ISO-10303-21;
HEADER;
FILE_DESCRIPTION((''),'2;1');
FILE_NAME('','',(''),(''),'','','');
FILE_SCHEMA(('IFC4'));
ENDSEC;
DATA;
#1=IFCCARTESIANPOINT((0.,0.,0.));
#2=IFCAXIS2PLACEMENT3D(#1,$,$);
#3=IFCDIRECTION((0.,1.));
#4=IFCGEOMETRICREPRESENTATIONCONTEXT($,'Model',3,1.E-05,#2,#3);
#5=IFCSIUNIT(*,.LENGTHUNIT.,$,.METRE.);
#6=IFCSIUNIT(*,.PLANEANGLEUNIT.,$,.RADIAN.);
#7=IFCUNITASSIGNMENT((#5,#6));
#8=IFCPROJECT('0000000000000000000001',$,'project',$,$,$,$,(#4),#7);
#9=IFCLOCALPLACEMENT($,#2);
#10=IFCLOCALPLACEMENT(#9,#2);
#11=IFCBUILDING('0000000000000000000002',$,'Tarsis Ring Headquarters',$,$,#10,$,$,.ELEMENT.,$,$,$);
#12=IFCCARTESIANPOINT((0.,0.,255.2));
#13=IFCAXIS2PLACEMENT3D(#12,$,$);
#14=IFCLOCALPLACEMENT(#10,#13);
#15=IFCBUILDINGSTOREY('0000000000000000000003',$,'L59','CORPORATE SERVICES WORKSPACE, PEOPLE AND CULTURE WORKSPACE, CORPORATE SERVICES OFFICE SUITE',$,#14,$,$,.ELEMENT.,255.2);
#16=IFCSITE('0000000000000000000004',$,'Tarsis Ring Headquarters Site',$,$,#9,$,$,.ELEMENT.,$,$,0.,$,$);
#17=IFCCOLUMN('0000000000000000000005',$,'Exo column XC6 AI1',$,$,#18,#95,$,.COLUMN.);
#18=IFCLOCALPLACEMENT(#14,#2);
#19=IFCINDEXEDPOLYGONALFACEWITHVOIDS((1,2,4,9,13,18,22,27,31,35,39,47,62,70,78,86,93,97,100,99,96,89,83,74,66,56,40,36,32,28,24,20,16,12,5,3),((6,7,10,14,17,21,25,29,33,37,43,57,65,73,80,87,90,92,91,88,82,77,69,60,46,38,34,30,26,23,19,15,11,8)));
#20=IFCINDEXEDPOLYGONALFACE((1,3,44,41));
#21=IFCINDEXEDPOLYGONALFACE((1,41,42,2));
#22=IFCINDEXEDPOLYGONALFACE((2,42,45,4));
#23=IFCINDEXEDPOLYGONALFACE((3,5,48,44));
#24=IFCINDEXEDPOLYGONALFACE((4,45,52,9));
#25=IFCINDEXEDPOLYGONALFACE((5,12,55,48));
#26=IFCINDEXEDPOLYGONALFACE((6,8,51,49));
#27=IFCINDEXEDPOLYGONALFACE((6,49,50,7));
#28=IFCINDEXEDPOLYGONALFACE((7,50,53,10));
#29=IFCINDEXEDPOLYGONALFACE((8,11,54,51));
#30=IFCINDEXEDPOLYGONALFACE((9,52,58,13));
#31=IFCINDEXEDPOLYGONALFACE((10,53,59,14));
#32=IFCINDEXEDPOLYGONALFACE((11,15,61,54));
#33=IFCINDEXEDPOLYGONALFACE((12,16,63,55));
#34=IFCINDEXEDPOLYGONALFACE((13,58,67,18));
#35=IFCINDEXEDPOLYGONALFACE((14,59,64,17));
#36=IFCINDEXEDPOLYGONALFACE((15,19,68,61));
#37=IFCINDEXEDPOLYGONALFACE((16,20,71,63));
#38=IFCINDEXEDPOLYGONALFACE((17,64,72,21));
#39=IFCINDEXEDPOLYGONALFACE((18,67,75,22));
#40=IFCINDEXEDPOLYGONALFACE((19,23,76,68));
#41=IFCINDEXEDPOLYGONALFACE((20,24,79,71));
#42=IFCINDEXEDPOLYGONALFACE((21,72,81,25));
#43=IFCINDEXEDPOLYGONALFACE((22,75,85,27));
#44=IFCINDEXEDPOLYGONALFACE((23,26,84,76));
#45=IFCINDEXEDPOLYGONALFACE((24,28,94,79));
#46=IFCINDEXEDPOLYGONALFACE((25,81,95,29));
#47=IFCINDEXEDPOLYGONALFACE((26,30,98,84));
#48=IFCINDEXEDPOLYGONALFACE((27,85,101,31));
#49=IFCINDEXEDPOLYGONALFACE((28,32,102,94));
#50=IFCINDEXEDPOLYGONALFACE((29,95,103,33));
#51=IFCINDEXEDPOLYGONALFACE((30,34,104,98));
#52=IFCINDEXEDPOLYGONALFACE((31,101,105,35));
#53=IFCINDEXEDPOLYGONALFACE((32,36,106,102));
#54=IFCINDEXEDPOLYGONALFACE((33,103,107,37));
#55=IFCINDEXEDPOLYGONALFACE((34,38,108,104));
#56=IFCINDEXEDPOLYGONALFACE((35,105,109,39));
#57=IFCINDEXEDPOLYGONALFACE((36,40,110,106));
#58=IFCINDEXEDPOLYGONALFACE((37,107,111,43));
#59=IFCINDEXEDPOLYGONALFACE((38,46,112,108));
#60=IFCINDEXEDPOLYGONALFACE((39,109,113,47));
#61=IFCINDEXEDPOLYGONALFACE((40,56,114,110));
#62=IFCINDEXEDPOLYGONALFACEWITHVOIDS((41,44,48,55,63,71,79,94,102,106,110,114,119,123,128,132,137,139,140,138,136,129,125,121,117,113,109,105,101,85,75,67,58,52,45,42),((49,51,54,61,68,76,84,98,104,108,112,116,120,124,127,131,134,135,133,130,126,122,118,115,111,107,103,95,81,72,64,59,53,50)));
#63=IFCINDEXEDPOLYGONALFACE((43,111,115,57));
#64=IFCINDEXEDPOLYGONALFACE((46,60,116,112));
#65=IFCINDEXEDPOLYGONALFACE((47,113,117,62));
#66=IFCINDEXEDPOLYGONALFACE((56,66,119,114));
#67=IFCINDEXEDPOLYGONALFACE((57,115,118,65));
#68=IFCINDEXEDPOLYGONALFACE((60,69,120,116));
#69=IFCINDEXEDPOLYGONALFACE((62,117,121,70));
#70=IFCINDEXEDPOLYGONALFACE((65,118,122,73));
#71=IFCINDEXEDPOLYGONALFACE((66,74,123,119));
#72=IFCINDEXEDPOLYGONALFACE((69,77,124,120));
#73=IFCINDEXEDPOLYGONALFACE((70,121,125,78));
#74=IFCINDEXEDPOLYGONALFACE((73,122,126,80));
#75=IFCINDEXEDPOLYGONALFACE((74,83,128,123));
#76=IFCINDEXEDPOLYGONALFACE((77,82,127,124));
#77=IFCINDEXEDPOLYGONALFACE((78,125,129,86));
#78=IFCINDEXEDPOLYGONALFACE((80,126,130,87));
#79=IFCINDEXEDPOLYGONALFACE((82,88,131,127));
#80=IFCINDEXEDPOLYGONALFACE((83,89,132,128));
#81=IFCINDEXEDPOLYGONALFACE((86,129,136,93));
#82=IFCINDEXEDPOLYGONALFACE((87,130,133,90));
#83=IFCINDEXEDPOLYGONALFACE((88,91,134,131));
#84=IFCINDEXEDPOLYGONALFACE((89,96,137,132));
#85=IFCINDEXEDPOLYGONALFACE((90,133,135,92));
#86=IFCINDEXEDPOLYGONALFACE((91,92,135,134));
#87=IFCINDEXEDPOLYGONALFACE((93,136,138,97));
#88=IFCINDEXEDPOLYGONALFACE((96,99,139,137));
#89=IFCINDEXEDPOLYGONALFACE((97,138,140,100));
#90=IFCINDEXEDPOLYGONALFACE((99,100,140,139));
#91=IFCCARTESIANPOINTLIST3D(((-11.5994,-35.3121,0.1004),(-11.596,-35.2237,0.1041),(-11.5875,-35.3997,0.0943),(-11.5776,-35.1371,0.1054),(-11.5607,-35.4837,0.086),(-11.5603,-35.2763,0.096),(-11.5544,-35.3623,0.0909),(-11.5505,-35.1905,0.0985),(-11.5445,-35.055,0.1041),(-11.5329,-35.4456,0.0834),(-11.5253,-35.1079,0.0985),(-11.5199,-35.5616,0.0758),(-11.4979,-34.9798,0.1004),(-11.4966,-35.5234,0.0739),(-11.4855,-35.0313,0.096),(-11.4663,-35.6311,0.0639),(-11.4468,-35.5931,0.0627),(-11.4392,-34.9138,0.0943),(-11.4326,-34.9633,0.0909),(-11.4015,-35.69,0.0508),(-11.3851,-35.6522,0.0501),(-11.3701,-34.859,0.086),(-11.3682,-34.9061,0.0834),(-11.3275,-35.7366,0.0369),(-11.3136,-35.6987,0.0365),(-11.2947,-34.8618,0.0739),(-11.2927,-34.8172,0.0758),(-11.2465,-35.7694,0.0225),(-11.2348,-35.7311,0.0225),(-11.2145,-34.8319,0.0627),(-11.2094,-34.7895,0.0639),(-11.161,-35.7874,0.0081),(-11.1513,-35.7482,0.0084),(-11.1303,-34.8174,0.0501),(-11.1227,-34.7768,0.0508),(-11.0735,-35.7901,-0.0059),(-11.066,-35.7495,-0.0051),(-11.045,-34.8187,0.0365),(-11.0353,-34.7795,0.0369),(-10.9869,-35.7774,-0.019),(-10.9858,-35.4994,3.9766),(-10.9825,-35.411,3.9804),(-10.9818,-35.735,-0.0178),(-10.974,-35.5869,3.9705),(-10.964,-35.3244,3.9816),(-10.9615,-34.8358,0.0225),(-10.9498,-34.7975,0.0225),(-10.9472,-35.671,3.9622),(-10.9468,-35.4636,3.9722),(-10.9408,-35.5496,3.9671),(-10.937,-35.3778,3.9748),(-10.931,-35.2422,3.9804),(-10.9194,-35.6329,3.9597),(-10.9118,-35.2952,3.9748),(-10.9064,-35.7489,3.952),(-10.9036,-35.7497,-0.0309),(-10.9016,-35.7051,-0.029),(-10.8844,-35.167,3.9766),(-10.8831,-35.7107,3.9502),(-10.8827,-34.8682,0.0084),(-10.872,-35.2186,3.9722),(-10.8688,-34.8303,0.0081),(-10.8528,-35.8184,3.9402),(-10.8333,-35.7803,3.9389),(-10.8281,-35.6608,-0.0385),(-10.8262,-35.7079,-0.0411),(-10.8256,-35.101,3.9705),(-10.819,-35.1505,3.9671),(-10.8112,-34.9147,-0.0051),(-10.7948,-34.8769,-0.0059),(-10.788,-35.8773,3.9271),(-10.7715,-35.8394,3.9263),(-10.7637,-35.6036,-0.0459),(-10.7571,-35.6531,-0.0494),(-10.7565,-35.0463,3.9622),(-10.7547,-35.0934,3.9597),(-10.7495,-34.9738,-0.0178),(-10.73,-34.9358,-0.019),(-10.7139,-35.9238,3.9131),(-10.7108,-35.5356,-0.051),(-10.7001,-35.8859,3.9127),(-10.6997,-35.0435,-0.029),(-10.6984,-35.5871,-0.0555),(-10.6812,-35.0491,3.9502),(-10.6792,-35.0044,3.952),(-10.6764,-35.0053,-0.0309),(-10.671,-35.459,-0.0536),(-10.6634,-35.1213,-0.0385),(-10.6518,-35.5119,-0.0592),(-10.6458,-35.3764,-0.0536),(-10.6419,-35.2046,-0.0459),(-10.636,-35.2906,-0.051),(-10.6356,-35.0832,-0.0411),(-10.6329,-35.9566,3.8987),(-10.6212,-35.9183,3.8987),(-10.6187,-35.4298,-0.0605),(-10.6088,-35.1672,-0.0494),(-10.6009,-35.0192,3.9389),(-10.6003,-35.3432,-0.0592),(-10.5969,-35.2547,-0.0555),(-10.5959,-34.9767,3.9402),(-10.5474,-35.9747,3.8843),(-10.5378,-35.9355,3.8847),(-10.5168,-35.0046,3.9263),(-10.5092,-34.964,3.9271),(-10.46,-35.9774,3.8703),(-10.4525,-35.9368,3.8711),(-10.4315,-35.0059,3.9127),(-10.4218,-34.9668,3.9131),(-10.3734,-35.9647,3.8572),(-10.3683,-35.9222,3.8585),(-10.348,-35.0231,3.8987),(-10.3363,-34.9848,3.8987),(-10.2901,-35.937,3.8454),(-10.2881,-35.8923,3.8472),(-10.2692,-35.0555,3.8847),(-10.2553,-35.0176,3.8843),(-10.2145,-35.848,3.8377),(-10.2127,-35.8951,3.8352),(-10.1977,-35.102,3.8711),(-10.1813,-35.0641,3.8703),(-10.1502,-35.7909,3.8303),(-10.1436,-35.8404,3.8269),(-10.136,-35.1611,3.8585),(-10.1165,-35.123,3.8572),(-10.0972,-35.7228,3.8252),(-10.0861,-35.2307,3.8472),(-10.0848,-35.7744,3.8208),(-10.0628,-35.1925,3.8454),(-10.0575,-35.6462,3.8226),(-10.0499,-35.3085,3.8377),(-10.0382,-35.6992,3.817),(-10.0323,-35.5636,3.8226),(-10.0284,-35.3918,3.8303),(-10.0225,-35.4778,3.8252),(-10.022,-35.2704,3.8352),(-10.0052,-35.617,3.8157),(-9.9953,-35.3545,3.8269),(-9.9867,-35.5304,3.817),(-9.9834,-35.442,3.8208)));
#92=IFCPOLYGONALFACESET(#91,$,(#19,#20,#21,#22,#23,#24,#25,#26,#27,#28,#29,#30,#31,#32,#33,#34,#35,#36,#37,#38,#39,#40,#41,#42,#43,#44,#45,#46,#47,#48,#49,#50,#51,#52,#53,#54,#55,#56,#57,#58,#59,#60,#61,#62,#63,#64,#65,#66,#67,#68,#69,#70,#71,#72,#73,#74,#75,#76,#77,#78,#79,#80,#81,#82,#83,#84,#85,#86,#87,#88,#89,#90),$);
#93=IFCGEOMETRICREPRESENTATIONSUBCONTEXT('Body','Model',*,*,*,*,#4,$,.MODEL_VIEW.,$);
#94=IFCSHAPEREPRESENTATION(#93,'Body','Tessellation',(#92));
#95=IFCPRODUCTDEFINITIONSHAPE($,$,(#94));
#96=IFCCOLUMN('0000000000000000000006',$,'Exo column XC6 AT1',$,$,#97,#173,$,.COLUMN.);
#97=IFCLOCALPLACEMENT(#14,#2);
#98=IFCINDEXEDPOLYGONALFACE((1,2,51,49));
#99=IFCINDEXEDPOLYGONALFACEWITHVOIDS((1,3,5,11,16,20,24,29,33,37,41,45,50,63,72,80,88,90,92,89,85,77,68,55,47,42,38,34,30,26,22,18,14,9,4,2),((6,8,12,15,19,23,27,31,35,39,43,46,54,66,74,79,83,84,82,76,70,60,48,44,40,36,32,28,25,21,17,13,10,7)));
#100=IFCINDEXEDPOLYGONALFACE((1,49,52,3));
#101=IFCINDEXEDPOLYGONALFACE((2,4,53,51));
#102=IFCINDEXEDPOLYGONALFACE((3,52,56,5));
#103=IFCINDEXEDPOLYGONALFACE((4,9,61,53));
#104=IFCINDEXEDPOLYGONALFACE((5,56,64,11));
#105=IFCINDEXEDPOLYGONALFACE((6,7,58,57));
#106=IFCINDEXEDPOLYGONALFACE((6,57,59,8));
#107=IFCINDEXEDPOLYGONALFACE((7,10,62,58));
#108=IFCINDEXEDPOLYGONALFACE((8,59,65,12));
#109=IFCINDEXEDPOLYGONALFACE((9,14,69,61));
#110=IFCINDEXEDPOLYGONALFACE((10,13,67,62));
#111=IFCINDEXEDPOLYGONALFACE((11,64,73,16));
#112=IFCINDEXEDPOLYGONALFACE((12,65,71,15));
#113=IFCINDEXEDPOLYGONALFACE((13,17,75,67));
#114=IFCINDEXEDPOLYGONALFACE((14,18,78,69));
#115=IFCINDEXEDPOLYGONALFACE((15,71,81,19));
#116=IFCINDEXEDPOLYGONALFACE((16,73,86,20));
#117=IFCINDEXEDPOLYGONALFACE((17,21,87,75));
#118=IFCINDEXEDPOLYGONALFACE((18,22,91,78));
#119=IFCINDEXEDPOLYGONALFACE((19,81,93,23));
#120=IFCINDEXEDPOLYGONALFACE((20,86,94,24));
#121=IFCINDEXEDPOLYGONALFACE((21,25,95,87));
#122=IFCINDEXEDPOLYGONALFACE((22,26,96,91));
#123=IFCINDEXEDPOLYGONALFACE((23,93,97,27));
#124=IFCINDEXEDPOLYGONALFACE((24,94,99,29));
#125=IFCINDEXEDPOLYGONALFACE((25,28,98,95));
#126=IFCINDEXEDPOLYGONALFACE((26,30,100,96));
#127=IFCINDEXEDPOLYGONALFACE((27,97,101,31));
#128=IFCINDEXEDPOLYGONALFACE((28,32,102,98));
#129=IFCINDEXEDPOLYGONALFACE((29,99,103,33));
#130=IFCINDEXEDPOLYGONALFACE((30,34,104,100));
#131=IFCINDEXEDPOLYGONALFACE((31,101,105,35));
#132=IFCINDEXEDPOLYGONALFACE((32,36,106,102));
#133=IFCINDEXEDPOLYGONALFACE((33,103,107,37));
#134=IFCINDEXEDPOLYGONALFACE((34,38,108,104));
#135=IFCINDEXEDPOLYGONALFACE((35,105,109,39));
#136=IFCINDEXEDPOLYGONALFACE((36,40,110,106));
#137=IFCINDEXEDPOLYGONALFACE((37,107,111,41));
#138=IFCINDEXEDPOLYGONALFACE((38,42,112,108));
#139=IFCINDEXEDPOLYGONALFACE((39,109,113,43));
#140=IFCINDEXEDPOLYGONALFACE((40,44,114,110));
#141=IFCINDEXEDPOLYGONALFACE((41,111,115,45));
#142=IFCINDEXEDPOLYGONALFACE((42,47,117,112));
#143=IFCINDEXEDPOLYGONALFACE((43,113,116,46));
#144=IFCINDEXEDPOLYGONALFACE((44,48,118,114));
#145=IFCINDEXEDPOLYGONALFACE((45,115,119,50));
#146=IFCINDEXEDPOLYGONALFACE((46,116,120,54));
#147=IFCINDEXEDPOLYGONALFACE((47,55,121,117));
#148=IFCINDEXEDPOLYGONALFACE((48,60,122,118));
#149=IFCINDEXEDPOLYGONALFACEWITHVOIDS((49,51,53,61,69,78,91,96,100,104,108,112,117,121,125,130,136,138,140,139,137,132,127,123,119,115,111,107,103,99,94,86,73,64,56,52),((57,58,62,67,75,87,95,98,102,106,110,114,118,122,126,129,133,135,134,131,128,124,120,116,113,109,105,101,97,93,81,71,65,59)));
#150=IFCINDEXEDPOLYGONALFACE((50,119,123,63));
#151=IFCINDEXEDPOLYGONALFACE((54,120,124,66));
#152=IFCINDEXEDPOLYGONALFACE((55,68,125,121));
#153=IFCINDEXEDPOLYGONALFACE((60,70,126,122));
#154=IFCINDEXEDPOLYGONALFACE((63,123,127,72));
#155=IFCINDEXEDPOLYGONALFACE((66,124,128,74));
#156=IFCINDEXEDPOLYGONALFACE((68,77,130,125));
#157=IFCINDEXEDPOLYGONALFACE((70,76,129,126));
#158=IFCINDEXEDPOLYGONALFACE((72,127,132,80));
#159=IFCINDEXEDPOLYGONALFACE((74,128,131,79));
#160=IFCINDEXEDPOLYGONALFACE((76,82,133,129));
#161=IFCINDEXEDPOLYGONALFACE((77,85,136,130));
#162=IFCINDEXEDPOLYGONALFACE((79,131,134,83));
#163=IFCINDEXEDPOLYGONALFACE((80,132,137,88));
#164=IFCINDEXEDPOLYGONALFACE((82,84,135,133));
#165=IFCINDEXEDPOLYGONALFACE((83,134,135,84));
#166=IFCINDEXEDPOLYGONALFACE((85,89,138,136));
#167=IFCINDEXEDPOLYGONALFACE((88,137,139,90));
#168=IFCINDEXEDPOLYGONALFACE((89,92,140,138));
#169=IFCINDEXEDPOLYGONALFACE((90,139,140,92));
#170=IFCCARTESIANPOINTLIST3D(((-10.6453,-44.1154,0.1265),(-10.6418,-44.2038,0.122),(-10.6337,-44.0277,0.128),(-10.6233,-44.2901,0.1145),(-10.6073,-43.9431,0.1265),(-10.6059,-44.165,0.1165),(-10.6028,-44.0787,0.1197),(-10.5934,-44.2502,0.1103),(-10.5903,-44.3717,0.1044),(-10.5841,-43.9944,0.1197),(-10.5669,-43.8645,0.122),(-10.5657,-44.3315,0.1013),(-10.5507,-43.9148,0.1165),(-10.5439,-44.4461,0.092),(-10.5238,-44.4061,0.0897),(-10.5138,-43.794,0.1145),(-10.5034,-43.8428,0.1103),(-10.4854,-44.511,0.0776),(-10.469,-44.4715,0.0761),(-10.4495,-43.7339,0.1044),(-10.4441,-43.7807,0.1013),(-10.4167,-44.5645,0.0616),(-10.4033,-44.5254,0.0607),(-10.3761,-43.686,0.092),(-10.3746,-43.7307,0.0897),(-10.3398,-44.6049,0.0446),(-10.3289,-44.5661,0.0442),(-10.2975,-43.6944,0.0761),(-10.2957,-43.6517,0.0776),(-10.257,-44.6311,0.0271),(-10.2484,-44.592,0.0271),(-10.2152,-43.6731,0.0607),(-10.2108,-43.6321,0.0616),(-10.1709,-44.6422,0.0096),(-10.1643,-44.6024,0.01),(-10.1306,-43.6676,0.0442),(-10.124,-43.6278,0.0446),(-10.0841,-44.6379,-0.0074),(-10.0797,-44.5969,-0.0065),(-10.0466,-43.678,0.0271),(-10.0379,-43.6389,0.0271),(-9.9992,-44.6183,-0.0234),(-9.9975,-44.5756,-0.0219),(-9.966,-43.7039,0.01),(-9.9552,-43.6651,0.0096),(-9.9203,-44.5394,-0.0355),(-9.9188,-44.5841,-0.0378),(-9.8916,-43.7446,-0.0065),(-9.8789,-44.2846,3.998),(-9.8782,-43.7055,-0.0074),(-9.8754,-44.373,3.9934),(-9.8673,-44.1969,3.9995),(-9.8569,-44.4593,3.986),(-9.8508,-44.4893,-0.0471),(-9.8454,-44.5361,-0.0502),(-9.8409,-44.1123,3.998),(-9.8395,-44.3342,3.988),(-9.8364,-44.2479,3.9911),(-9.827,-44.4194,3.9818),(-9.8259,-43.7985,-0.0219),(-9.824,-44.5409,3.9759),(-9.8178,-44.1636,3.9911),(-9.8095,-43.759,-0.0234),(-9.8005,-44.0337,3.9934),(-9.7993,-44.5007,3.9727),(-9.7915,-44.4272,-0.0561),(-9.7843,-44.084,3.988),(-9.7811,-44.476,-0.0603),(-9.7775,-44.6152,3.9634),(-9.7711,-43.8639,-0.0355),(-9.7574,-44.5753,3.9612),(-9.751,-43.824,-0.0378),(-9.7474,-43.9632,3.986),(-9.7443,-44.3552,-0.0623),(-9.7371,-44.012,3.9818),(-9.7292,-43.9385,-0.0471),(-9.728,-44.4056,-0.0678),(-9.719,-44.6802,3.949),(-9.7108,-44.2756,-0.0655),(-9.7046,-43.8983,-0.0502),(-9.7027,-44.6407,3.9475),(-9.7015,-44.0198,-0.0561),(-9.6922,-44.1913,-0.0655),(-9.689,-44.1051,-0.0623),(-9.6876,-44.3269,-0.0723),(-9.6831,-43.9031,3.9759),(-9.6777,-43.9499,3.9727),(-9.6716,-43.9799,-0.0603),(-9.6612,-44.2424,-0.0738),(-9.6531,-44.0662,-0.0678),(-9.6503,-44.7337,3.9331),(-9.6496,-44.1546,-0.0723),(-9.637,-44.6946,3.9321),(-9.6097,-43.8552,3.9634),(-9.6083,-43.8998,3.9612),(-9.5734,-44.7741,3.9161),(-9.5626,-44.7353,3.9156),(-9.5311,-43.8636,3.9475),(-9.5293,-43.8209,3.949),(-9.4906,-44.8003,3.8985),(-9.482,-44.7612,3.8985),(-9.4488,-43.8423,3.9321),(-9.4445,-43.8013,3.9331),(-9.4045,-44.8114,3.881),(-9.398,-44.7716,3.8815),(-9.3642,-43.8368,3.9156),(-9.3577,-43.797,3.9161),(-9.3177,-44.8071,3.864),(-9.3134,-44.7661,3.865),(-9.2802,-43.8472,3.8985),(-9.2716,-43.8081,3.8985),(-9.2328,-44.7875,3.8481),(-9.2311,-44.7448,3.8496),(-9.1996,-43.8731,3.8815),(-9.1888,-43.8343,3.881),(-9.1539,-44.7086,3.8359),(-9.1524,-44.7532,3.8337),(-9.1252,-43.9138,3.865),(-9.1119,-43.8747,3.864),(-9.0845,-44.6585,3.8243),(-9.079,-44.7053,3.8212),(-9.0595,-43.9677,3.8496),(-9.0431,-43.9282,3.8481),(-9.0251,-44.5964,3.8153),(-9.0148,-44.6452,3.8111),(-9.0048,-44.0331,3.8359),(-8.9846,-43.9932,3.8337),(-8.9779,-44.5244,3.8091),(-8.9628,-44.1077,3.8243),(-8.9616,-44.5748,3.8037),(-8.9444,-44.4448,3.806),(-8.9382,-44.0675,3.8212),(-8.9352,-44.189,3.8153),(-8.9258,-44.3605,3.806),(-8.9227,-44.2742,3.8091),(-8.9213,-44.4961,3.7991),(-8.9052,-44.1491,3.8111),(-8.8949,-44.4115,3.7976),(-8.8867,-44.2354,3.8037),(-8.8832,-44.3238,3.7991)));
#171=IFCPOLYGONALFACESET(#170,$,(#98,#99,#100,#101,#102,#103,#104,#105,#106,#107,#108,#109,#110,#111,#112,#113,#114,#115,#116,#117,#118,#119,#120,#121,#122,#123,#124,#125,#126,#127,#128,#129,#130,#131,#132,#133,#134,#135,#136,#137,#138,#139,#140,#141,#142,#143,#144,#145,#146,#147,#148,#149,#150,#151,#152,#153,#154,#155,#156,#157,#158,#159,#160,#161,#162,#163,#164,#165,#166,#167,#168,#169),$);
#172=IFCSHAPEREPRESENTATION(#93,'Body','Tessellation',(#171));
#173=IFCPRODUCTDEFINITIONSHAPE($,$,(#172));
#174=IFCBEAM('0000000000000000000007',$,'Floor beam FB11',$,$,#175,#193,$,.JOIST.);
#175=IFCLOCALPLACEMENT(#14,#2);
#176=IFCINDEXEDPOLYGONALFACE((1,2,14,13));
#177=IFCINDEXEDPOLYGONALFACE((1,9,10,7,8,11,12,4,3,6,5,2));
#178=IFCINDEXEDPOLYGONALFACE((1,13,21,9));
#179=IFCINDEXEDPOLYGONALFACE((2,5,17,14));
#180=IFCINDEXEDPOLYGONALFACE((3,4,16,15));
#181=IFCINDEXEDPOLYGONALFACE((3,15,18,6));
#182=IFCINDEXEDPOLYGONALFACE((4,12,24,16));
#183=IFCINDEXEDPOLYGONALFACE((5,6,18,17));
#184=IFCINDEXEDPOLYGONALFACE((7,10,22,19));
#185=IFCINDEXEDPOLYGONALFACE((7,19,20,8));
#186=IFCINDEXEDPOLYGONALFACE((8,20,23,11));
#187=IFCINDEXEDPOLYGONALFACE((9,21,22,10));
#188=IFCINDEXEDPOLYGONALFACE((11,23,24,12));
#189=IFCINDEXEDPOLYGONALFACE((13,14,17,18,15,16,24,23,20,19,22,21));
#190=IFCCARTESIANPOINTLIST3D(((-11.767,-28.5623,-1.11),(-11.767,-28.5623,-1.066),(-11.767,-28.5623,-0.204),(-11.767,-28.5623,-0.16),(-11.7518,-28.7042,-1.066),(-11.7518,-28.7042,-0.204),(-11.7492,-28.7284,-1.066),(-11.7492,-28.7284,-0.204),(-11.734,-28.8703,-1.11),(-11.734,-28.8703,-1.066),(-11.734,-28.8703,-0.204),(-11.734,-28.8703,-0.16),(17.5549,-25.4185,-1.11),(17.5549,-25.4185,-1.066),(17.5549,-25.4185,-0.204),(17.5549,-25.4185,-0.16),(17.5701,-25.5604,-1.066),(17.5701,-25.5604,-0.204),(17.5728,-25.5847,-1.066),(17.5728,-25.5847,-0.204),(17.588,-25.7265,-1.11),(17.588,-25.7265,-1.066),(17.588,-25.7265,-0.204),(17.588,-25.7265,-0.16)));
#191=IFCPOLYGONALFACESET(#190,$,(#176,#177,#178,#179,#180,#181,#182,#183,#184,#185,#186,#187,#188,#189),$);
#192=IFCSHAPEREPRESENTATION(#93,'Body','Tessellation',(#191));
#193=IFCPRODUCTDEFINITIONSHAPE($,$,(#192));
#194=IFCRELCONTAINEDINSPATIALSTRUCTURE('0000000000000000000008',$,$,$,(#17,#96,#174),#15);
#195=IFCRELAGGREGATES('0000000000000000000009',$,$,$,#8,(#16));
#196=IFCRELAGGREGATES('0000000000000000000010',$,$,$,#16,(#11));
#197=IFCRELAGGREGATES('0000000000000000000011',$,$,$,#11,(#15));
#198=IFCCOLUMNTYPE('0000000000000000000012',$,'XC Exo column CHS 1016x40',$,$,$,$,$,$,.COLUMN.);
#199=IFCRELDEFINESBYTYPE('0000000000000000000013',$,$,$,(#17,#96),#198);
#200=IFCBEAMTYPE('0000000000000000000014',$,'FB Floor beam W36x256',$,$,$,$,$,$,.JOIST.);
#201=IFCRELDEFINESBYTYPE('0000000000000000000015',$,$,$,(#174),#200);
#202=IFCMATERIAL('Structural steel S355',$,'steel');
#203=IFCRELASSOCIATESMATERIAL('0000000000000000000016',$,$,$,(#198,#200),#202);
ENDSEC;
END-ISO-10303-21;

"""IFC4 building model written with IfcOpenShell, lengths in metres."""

from ifc_helpers import new_model, si_unit, direction, frame, origin, origin_2d, place, context, subcontext, project, spatial, hollow_circle, i_section, extrude, material, material_profile, profile_set, type_object, element, save


model = new_model("IFC4")

# Units and contexts
model_context = context("Model", 3, precision=1e-05, world=origin(), true_north=direction((0.0, 1.0)))
body_context = subcontext(model_context, "Body", "Model", "MODEL_VIEW")
ifc_project = project(units=[si_unit("LENGTHUNIT", "METRE"), si_unit("PLANEANGLEUNIT", "RADIAN")], contexts=[model_context])

# Site, building, storey
site_placement = place(None, origin())
site = spatial("IfcSite", under=ifc_project, at=site_placement, Name="Tarsis Ring Headquarters Site", CompositionType="ELEMENT", RefElevation=0.0)
building_placement = place(site_placement, origin())
building = spatial("IfcBuilding", under=site, at=building_placement, Name="Tarsis Ring Headquarters", CompositionType="ELEMENT")
storey_placement = place(building_placement, frame((0.0, 0.0, 255.2)))
storey = spatial("IfcBuildingStorey", under=building, at=storey_placement, Name="L59", Description="CORPORATE SERVICES WORKSPACE, PEOPLE AND CULTURE WORKSPACE, CORPORATE SERVICES OFFICE SUITE", CompositionType="ELEMENT", Elevation=255.2)

# Columns
ifc_material_1 = material(Name="Structural steel S355", Category="steel")
ifc_material_profile_1 = material_profile(ifc_material_1, hollow_circle(Radius=0.5081, WallThickness=0.04, at=origin_2d()), Name="CHS 1016x40")
ifc_profile_set_1 = profile_set([ifc_material_profile_1], Name="Structural steel S355")
column_type = type_object("IfcColumnType", Name="XC Exo column CHS 1016x40", PredefinedType="COLUMN", material=ifc_profile_set_1)
column_1_placement = place(storey_placement, frame((-11.0981, -35.2834, 0.0225), z_axis=(0.156155, -0.047661, 0.986582), x_axis=(0.291919, 0.956443, 0.0)))
element("IfcColumn", 1, at=column_1_placement, inside=storey, type_object=column_type, Name="Exo column XC6 AI1", PredefinedType="COLUMN", context=body_context, shape_type="SweptSolid", body=[
    extrude(hollow_circle(Radius=0.5081, WallThickness=0.04, at=origin_2d()), origin(), (0.0, 0.0, 1.0), 3.929),
])
column_2_placement = place(storey_placement, frame((-10.1475, -44.135, 0.0271), z_axis=(0.19401, -0.042832, 0.980064), x_axis=(0.21558, 0.976486, 0.0)))
element("IfcColumn", 2, at=column_2_placement, inside=storey, type_object=column_type, Name="Exo column XC6 AT1", PredefinedType="COLUMN", context=body_context, shape_type="SweptSolid", body=[
    extrude(hollow_circle(Radius=0.5081, WallThickness=0.04, at=origin_2d()), origin(), (0.0, 0.0, 1.0), 3.9502),
])

# Beam
ifc_material_profile_2 = material_profile(ifc_material_1, i_section(OverallWidth=0.3098, OverallDepth=0.95, WebThickness=0.0244, FlangeThickness=0.0439, at=origin_2d()), Name="W36x256")
ifc_profile_set_2 = profile_set([ifc_material_profile_2], Name="Structural steel S355")
beam_type_1 = type_object("IfcBeamType", Name="FB Floor beam W36x256", PredefinedType="JOIST", material=ifc_profile_set_2)
for number, where, z_axis, x_axis, name in (
    (3, (-11.7505, -28.7163, -0.635), (0.994301, 0.106605, 0.0), (-0.106605, 0.994301, 0.0), "Floor beam FB11"),
):
    element("IfcBeam", number, at=place(storey_placement, frame(where, z_axis=z_axis, x_axis=x_axis)), inside=storey, type_object=beam_type_1, Name=name, PredefinedType="JOIST", context=body_context, shape_type="SweptSolid", body=[
        extrude(i_section(OverallWidth=0.3098, OverallDepth=0.95, WebThickness=0.0244, FlangeThickness=0.0439, at=origin_2d()), origin(), (0.0, 0.0, 1.0), 29.49),
    ])

save(model, "model.ifc")
